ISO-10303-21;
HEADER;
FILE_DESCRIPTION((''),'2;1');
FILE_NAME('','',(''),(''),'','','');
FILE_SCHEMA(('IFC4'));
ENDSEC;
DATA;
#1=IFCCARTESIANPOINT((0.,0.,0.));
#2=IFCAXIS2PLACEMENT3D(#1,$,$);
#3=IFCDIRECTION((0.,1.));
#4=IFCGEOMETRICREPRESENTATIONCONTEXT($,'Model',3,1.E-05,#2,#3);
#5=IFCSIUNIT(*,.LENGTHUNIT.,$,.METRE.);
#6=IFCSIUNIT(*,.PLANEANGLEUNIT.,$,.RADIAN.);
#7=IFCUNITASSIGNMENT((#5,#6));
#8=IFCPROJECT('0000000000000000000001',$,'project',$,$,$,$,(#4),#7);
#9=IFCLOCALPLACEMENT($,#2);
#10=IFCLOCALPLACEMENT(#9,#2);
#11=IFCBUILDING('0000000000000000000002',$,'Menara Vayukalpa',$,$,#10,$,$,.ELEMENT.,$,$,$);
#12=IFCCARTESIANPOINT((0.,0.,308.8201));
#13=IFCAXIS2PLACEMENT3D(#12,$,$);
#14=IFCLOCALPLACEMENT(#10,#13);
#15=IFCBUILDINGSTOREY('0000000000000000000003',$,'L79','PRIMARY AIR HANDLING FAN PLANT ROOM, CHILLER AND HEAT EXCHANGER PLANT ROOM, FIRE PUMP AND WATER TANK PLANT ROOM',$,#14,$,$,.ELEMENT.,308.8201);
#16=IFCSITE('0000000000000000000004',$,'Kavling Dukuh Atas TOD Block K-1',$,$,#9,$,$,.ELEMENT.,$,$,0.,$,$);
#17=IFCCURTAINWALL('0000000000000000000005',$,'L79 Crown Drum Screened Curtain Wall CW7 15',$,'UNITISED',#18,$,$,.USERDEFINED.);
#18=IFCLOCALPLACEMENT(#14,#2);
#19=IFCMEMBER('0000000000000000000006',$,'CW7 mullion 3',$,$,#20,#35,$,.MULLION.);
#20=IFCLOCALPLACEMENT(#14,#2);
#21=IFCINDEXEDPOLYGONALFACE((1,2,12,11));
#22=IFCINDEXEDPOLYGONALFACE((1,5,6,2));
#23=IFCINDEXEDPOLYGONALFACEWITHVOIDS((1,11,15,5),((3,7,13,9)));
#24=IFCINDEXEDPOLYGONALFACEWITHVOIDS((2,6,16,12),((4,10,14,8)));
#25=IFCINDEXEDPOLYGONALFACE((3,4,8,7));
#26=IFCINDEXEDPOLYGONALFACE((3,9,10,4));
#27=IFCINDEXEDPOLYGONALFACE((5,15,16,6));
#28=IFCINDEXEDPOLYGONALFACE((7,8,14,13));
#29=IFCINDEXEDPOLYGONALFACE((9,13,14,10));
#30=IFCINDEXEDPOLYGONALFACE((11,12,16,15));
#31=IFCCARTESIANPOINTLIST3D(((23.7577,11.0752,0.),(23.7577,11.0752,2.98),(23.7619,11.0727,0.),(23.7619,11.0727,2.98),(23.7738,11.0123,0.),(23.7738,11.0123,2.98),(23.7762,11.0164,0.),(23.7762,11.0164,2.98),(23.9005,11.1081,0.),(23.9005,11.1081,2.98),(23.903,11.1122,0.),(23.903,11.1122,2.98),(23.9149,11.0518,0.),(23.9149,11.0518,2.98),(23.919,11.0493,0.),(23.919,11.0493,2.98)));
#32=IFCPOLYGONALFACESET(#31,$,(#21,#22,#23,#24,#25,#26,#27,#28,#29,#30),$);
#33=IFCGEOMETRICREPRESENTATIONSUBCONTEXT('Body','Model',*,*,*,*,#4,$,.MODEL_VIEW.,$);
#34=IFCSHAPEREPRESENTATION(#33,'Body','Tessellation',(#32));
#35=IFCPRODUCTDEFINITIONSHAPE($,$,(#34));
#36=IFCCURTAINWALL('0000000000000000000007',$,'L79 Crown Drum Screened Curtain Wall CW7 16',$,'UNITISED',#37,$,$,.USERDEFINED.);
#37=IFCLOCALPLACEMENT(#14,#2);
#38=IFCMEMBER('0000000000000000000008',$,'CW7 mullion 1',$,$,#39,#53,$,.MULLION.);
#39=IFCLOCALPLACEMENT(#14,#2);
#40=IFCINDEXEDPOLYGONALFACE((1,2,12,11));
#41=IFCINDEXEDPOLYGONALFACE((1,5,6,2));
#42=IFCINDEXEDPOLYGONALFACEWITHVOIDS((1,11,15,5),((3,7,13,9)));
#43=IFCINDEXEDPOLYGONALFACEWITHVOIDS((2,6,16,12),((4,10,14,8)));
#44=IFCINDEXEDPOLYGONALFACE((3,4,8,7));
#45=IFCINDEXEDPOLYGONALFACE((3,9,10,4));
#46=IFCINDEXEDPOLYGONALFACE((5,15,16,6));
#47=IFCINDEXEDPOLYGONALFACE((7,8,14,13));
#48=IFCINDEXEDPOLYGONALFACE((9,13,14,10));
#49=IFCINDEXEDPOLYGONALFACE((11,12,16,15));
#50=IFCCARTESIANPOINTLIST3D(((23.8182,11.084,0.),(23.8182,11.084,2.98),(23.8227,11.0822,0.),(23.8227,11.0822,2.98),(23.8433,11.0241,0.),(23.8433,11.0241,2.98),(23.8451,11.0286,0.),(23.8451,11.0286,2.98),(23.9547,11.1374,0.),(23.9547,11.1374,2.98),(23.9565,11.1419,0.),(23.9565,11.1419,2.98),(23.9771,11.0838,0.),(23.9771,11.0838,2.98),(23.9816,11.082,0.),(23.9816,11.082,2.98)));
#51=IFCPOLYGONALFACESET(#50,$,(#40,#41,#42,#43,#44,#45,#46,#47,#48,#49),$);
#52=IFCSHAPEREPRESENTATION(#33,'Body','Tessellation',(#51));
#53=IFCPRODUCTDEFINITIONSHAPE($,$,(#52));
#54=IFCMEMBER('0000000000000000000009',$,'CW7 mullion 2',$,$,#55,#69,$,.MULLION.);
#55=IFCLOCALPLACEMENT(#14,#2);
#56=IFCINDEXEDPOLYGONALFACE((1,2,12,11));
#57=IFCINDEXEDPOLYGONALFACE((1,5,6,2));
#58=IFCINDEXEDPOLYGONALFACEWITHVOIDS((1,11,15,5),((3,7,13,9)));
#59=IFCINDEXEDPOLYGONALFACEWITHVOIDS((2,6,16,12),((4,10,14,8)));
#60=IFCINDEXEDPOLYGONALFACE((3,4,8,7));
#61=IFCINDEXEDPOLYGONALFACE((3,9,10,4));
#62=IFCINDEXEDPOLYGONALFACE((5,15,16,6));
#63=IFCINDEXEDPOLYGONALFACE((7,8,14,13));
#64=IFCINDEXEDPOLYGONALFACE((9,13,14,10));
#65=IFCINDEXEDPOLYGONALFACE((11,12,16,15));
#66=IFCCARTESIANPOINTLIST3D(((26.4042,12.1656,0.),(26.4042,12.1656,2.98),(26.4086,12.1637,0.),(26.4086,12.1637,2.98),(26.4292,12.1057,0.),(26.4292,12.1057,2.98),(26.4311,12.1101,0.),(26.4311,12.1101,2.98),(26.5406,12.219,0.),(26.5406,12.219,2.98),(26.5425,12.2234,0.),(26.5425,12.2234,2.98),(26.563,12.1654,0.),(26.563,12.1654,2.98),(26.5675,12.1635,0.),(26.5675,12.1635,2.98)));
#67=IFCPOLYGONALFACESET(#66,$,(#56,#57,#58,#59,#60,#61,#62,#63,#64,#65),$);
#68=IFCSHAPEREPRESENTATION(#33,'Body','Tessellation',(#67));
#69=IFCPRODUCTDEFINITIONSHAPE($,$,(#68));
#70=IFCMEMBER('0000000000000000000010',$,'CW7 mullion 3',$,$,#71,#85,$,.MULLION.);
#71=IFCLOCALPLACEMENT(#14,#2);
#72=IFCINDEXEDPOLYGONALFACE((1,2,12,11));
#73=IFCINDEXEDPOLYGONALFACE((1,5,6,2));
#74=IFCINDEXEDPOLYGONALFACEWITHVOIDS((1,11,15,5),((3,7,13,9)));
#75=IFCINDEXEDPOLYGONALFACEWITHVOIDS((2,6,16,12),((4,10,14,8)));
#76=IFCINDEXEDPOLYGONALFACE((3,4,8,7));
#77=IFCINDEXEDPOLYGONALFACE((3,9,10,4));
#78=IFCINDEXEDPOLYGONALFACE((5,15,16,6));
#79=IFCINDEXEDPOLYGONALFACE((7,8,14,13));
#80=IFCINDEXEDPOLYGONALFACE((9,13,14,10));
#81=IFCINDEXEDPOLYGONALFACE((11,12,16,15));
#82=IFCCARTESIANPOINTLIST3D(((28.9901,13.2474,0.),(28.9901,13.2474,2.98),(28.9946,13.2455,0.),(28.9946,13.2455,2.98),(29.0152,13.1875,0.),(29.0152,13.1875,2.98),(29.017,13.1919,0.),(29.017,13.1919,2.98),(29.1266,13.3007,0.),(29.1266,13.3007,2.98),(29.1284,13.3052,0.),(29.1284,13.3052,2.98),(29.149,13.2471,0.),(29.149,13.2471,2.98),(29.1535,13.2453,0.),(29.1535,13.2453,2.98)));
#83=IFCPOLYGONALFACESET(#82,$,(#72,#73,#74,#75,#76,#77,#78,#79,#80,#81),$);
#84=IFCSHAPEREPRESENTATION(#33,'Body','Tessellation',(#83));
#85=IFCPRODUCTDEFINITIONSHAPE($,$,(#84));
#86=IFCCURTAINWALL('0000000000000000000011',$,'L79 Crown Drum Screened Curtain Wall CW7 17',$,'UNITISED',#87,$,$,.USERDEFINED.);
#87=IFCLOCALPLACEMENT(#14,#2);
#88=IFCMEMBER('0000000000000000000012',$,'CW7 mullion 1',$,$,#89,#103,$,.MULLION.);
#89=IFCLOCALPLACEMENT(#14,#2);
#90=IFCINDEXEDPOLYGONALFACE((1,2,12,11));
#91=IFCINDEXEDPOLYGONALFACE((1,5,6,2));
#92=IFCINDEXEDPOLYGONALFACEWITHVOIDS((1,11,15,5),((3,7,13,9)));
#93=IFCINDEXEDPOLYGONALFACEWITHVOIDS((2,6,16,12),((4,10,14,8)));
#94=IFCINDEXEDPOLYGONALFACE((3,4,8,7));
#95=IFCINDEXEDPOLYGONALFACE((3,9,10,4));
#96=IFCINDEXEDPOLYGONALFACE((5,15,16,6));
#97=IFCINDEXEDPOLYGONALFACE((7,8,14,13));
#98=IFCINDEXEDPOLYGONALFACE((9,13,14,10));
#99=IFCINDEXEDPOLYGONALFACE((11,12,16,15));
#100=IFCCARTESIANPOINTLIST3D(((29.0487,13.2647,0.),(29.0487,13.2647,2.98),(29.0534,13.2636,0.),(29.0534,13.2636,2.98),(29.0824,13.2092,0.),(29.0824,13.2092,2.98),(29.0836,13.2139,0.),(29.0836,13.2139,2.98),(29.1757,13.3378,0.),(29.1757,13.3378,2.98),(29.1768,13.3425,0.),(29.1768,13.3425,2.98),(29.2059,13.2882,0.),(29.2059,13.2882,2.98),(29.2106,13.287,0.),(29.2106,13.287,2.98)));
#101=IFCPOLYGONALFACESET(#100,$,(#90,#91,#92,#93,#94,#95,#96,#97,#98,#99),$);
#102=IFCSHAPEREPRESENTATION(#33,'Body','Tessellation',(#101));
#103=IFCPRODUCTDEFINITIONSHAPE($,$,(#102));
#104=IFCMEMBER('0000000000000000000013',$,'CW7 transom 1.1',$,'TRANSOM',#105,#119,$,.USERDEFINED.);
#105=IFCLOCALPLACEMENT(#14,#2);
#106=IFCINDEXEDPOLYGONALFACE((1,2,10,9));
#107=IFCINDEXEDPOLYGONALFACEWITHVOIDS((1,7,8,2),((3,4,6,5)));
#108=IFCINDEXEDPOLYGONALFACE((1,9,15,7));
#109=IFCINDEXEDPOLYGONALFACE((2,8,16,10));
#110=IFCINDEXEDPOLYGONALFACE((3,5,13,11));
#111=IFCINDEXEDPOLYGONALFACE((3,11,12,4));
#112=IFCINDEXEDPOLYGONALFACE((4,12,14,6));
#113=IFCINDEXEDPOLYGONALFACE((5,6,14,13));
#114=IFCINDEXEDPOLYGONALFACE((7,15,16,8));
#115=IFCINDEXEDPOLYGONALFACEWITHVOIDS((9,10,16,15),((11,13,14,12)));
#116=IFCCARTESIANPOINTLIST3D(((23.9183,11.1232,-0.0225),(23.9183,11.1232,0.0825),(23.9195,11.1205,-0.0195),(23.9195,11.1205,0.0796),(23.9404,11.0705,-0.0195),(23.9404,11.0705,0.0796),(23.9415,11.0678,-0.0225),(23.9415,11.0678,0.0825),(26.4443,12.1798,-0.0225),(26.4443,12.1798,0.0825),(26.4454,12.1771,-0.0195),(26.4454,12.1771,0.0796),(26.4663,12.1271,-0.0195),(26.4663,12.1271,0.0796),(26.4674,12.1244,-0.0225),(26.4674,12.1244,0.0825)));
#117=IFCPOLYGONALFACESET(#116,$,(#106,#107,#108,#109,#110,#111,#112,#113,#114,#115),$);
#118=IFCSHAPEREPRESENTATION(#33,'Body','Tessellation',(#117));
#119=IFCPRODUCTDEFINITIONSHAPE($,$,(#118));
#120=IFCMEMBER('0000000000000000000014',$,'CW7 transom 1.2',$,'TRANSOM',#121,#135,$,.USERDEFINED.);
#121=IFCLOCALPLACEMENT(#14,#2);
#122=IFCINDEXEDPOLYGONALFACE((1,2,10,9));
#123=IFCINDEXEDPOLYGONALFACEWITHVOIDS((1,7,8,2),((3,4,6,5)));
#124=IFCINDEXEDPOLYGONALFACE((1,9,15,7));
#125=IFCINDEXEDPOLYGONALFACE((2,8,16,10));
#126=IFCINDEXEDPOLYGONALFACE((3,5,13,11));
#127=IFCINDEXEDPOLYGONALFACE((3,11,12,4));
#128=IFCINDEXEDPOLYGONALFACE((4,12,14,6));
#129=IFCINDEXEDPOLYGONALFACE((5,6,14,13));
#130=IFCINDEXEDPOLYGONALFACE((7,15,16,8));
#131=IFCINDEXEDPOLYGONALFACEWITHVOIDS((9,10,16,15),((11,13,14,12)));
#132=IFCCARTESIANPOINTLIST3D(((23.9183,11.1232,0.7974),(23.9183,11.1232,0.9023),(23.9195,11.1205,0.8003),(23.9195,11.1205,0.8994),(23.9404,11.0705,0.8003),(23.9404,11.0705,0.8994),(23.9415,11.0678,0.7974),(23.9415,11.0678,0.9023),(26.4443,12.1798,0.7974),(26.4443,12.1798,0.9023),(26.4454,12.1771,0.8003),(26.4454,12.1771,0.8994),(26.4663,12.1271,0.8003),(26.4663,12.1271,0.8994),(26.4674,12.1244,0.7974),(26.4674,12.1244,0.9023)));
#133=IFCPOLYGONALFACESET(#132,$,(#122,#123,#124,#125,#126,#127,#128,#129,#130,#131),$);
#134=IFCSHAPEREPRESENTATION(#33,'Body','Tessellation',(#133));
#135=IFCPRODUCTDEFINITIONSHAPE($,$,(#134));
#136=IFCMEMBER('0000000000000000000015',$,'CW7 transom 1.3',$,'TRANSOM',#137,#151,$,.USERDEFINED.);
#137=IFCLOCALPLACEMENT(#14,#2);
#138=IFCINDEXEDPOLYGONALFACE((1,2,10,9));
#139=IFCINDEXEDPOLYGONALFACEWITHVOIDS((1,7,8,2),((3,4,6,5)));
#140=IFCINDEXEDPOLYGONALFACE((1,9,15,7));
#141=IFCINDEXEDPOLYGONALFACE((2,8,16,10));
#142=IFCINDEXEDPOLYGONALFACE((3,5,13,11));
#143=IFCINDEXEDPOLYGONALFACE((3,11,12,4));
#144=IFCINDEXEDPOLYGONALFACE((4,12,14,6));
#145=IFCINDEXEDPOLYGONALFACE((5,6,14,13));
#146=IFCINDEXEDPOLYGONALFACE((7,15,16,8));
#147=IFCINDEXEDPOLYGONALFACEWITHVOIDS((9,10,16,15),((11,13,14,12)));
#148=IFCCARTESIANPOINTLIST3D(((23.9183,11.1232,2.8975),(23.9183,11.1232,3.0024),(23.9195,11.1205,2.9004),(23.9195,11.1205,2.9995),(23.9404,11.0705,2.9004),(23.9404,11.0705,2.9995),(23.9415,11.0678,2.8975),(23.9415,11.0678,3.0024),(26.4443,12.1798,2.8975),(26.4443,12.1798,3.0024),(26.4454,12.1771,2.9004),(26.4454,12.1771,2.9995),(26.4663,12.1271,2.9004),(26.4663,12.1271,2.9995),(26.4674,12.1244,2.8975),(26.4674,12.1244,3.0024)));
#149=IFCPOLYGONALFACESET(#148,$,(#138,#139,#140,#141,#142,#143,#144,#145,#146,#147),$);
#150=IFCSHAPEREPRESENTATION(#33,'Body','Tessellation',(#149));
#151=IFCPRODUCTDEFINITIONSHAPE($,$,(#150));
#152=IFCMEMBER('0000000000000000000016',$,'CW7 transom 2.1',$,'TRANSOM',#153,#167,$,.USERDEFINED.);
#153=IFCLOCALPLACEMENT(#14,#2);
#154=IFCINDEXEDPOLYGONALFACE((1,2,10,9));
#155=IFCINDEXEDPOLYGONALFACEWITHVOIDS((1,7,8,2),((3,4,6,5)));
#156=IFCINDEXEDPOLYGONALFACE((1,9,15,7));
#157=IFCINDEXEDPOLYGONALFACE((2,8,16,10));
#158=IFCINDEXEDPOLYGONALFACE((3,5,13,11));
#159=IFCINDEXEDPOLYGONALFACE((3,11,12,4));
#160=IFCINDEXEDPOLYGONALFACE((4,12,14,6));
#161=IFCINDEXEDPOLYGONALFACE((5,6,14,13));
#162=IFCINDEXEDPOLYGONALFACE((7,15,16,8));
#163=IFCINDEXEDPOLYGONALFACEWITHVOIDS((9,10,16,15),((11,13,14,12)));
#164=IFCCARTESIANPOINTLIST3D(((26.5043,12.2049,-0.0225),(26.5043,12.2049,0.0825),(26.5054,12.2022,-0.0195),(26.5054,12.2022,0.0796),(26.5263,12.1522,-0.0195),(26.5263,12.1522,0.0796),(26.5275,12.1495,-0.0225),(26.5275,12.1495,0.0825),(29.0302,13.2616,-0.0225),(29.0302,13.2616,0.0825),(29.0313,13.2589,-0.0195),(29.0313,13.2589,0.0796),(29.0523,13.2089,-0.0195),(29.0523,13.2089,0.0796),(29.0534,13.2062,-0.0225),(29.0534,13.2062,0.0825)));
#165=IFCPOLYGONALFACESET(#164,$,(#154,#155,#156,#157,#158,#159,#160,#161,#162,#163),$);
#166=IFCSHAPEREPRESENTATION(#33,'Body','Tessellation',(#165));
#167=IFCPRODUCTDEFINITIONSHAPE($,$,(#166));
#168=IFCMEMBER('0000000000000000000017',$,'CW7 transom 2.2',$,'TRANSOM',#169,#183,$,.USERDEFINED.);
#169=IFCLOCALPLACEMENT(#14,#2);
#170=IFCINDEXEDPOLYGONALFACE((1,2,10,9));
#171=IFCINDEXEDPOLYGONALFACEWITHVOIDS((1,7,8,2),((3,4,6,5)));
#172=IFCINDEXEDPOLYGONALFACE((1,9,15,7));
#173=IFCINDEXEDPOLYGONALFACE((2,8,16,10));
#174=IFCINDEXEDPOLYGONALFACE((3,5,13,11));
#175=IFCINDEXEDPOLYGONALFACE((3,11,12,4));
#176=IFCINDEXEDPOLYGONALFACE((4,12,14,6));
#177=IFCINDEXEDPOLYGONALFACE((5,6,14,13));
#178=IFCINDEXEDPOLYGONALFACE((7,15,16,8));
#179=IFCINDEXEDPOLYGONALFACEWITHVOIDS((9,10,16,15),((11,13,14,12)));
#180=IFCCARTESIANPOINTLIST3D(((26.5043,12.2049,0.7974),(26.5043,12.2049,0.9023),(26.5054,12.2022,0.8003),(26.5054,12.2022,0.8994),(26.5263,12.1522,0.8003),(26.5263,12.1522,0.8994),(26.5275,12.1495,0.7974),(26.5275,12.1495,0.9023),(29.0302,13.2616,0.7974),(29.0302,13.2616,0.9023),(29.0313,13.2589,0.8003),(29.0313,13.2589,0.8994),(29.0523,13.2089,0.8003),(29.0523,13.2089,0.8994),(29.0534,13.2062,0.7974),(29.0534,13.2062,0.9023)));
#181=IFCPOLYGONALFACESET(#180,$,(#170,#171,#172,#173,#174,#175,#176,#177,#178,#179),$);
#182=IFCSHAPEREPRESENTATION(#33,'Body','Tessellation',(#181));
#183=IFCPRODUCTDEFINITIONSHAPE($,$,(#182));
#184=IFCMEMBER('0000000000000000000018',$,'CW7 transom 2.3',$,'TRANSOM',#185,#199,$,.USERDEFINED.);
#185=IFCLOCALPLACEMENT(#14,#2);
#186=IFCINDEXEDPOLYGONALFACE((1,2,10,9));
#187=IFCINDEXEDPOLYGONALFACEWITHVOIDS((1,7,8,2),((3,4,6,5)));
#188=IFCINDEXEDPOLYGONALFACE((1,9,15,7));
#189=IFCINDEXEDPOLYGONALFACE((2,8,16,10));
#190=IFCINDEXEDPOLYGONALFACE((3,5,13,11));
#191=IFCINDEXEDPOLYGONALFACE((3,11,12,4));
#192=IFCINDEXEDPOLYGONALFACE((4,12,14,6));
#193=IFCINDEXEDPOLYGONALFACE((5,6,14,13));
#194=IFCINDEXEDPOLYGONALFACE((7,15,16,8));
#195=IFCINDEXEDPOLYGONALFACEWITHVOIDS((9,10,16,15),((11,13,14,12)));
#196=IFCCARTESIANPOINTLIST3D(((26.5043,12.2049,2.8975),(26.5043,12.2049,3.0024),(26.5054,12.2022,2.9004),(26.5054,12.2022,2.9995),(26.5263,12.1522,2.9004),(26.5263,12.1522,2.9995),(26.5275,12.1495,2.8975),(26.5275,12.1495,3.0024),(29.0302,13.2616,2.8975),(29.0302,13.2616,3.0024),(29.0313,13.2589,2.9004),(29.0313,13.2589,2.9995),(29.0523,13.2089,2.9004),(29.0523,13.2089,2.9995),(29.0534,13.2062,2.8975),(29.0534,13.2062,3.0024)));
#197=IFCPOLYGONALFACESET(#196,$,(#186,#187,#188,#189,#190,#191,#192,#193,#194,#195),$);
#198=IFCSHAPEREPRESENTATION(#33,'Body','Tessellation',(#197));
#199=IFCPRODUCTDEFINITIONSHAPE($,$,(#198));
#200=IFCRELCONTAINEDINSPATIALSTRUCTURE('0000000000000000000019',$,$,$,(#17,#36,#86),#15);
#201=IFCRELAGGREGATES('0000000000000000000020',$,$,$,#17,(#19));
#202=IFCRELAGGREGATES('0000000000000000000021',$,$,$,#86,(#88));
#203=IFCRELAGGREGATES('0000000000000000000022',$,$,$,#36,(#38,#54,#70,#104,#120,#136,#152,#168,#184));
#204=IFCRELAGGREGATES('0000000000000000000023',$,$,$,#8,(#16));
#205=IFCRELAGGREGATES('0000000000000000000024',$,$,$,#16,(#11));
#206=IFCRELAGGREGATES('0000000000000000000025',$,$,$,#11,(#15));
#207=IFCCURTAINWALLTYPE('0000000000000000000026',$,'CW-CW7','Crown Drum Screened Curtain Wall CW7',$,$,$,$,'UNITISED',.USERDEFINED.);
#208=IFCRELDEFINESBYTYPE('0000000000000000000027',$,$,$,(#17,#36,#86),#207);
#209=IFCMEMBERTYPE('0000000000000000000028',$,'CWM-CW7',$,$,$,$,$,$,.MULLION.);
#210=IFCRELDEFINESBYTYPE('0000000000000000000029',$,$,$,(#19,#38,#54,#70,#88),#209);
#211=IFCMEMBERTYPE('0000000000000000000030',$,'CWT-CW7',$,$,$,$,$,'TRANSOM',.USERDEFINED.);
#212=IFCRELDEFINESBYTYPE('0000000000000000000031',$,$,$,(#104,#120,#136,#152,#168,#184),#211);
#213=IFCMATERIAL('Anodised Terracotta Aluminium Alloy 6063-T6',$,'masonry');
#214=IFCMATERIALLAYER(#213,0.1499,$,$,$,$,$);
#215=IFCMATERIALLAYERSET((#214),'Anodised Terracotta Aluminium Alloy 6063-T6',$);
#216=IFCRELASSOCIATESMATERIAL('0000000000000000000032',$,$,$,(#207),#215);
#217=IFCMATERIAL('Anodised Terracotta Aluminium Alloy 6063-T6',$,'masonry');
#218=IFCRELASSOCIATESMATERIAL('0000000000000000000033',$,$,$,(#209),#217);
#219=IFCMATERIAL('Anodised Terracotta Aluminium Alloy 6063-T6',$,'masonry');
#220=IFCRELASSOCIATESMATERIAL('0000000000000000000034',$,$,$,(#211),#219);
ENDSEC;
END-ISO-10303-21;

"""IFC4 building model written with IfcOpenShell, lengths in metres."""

from ifc_helpers import new_model, si_unit, direction, frame, origin, origin_2d, place, context, subcontext, project, spatial, hollow_rectangle, extrude, material, layer, layer_set, material_profile, profile_set, type_object, element, aggregate, save


model = new_model("IFC4")

# Units and contexts
model_context = context("Model", 3, precision=1e-05, world=origin(), true_north=direction((0.0, 1.0)))
body_context = subcontext(model_context, "Body", "Model", "MODEL_VIEW")
ifc_project = project(units=[si_unit("LENGTHUNIT", "METRE"), si_unit("PLANEANGLEUNIT", "RADIAN")], contexts=[model_context])

# Site, building, storey
site_placement = place(None, origin())
site = spatial("IfcSite", under=ifc_project, at=site_placement, Name="Kavling Dukuh Atas TOD Block K-1", CompositionType="ELEMENT", RefElevation=0.0)
building_placement = place(site_placement, origin())
building = spatial("IfcBuilding", under=site, at=building_placement, Name="Menara Vayukalpa", CompositionType="ELEMENT")
storey_placement = place(building_placement, frame((0.0, 0.0, 308.8201)))
storey = spatial("IfcBuildingStorey", under=building, at=storey_placement, Name="L79", Description="PRIMARY AIR HANDLING FAN PLANT ROOM, CHILLER AND HEAT EXCHANGER PLANT ROOM, FIRE PUMP AND WATER TANK PLANT ROOM", CompositionType="ELEMENT", Elevation=308.8201)

# Curtain wall, member
ifc_material_1 = material(Name="Anodised Terracotta Aluminium Alloy 6063-T6", Category="masonry")
ifc_layer_1 = layer(ifc_material_1, 0.1499)
ifc_layer_set_1 = layer_set([ifc_layer_1], Name="Anodised Terracotta Aluminium Alloy 6063-T6")
curtain_wall_type = type_object("IfcCurtainWallType", Name="CW-CW7", Description="Crown Drum Screened Curtain Wall CW7", ElementType="UNITISED", PredefinedType="USERDEFINED", material=ifc_layer_set_1)
curtain_wall_1_placement = place(storey_placement, origin())
curtain_wall_1 = element("IfcCurtainWall", 1, at=curtain_wall_1_placement, inside=storey, type_object=curtain_wall_type, Name="L79 Crown Drum Screened Curtain Wall CW7 15", ObjectType="UNITISED", PredefinedType="USERDEFINED")
ifc_material_2 = material(Name="Anodised Terracotta Aluminium Alloy 6063-T6", Category="masonry")
ifc_material_profile_1 = material_profile(ifc_material_2, hollow_rectangle(XDim=0.0649, YDim=0.1499, WallThickness=0.0034, at=origin_2d()), Name="ALU 65x150x3.5")
ifc_profile_set_1 = profile_set([ifc_material_profile_1], Name="Anodised Terracotta Aluminium Alloy 6063-T6")
member_type_1 = type_object("IfcMemberType", Name="CWM-CW7", PredefinedType="MULLION", material=ifc_profile_set_1)
member_1_placement = place(storey_placement, frame((23.8384, 11.0623, 0.0), z_axis=(0.0, 0.0, 1.0), x_axis=(-0.247124, 0.968984, 0.0)))
member_1 = element("IfcMember", 2, at=member_1_placement, type_object=member_type_1, Name="CW7 mullion 3", PredefinedType="MULLION", context=body_context, shape_type="SweptSolid", body=[
    extrude(hollow_rectangle(XDim=0.0649, YDim=0.1499, WallThickness=0.0034, at=origin_2d()), origin(), (0.0, 0.0, 1.0), 2.98),
])
aggregate(curtain_wall_1, [member_1])

# Curtain wall, members
curtain_wall_2_placement = place(storey_placement, origin())
curtain_wall_2 = element("IfcCurtainWall", 3, at=curtain_wall_2_placement, inside=storey, type_object=curtain_wall_type, Name="L79 Crown Drum Screened Curtain Wall CW7 16", ObjectType="UNITISED", PredefinedType="USERDEFINED")
member_2_placement = place(storey_placement, frame((23.8999, 11.083, 0.0), z_axis=(0.0, 0.0, 1.0), x_axis=(-0.385898, 0.922541, 0.0)))
member_2 = element("IfcMember", 4, at=member_2_placement, type_object=member_type_1, Name="CW7 mullion 1", PredefinedType="MULLION", context=body_context, shape_type="SweptSolid", body=[
    extrude(hollow_rectangle(XDim=0.0649, YDim=0.1499, WallThickness=0.0034, at=origin_2d()), origin(), (0.0, 0.0, 1.0), 2.98),
])
member_3_placement = place(storey_placement, frame((26.4858, 12.1646, 0.0), z_axis=(0.0, 0.0, 1.0), x_axis=(-0.385898, 0.922541, 0.0)))
member_3 = element("IfcMember", 5, at=member_3_placement, type_object=member_type_1, Name="CW7 mullion 2", PredefinedType="MULLION", context=body_context, shape_type="SweptSolid", body=[
    extrude(hollow_rectangle(XDim=0.0649, YDim=0.1499, WallThickness=0.0034, at=origin_2d()), origin(), (0.0, 0.0, 1.0), 2.98),
])
member_4_placement = place(storey_placement, frame((29.0718, 13.2463, 0.0), z_axis=(0.0, 0.0, 1.0), x_axis=(-0.385898, 0.922541, 0.0)))
member_4 = element("IfcMember", 6, at=member_4_placement, type_object=member_type_1, Name="CW7 mullion 3", PredefinedType="MULLION", context=body_context, shape_type="SweptSolid", body=[
    extrude(hollow_rectangle(XDim=0.0649, YDim=0.1499, WallThickness=0.0034, at=origin_2d()), origin(), (0.0, 0.0, 1.0), 2.98),
])

# Curtain wall, member
curtain_wall_3_placement = place(storey_placement, origin())
curtain_wall_3 = element("IfcCurtainWall", 7, at=curtain_wall_3_placement, inside=storey, type_object=curtain_wall_type, Name="L79 Crown Drum Screened Curtain Wall CW7 17", ObjectType="UNITISED", PredefinedType="USERDEFINED")
member_5_placement = place(storey_placement, frame((29.1296, 13.2759, 0.0), z_axis=(0.0, 0.0, 1.0), x_axis=(-0.519176, 0.854667, 0.0)))
member_5 = element("IfcMember", 8, at=member_5_placement, type_object=member_type_1, Name="CW7 mullion 1", PredefinedType="MULLION", context=body_context, shape_type="SweptSolid", body=[
    extrude(hollow_rectangle(XDim=0.0649, YDim=0.1499, WallThickness=0.0034, at=origin_2d()), origin(), (0.0, 0.0, 1.0), 2.98),
])
aggregate(curtain_wall_3, [member_5])

# Members
ifc_material_3 = material(Name="Anodised Terracotta Aluminium Alloy 6063-T6", Category="masonry")
ifc_material_profile_2 = material_profile(ifc_material_3, hollow_rectangle(XDim=0.0601, YDim=0.105, WallThickness=0.0029, at=origin_2d()), Name="ALU 60x105x3")
ifc_profile_set_2 = profile_set([ifc_material_profile_2], Name="Anodised Terracotta Aluminium Alloy 6063-T6")
member_type_2 = type_object("IfcMemberType", Name="CWT-CW7", ElementType="TRANSOM", PredefinedType="USERDEFINED", material=ifc_profile_set_2)
member_6_placement = place(storey_placement, frame((23.9299, 11.0955, 0.03), z_axis=(0.922533, 0.385919, 0.0), x_axis=(-0.385919, 0.922533, 0.0)))
member_6 = element("IfcMember", 9, at=member_6_placement, type_object=member_type_2, Name="CW7 transom 1.1", ObjectType="TRANSOM", PredefinedType="USERDEFINED", context=body_context, shape_type="SweptSolid", body=[
    extrude(hollow_rectangle(XDim=0.0601, YDim=0.105, WallThickness=0.0029, at=origin_2d()), origin(), (0.0, 0.0, 1.0), 2.738),
])
member_7_placement = place(storey_placement, frame((23.9299, 11.0955, 0.8499), z_axis=(0.922533, 0.385919, 0.0), x_axis=(-0.385919, 0.922533, 0.0)))
member_7 = element("IfcMember", 10, at=member_7_placement, type_object=member_type_2, Name="CW7 transom 1.2", ObjectType="TRANSOM", PredefinedType="USERDEFINED", context=body_context, shape_type="SweptSolid", body=[
    extrude(hollow_rectangle(XDim=0.0601, YDim=0.105, WallThickness=0.0029, at=origin_2d()), origin(), (0.0, 0.0, 1.0), 2.738),
])
member_8_placement = place(storey_placement, frame((23.9299, 11.0955, 2.95), z_axis=(0.922533, 0.385919, 0.0), x_axis=(-0.385919, 0.922533, 0.0)))
member_8 = element("IfcMember", 11, at=member_8_placement, type_object=member_type_2, Name="CW7 transom 1.3", ObjectType="TRANSOM", PredefinedType="USERDEFINED", context=body_context, shape_type="SweptSolid", body=[
    extrude(hollow_rectangle(XDim=0.0601, YDim=0.105, WallThickness=0.0029, at=origin_2d()), origin(), (0.0, 0.0, 1.0), 2.738),
])
member_9_placement = place(storey_placement, frame((26.5159, 12.1772, 0.03), z_axis=(0.922533, 0.385919, 0.0), x_axis=(-0.385919, 0.922533, 0.0)))
member_9 = element("IfcMember", 12, at=member_9_placement, type_object=member_type_2, Name="CW7 transom 2.1", ObjectType="TRANSOM", PredefinedType="USERDEFINED", context=body_context, shape_type="SweptSolid", body=[
    extrude(hollow_rectangle(XDim=0.0601, YDim=0.105, WallThickness=0.0029, at=origin_2d()), origin(), (0.0, 0.0, 1.0), 2.738),
])
member_10_placement = place(storey_placement, frame((26.5159, 12.1772, 0.8499), z_axis=(0.922533, 0.385919, 0.0), x_axis=(-0.385919, 0.922533, 0.0)))
member_10 = element("IfcMember", 13, at=member_10_placement, type_object=member_type_2, Name="CW7 transom 2.2", ObjectType="TRANSOM", PredefinedType="USERDEFINED", context=body_context, shape_type="SweptSolid", body=[
    extrude(hollow_rectangle(XDim=0.0601, YDim=0.105, WallThickness=0.0029, at=origin_2d()), origin(), (0.0, 0.0, 1.0), 2.738),
])
member_11_placement = place(storey_placement, frame((26.5159, 12.1772, 2.95), z_axis=(0.922533, 0.385919, 0.0), x_axis=(-0.385919, 0.922533, 0.0)))
member_11 = element("IfcMember", 14, at=member_11_placement, type_object=member_type_2, Name="CW7 transom 2.3", ObjectType="TRANSOM", PredefinedType="USERDEFINED", context=body_context, shape_type="SweptSolid", body=[
    extrude(hollow_rectangle(XDim=0.0601, YDim=0.105, WallThickness=0.0029, at=origin_2d()), origin(), (0.0, 0.0, 1.0), 2.738),
])

aggregate(curtain_wall_2, [member_2, member_3, member_4, member_6, member_7, member_8, member_9, member_10, member_11])

save(model, "model.ifc")
